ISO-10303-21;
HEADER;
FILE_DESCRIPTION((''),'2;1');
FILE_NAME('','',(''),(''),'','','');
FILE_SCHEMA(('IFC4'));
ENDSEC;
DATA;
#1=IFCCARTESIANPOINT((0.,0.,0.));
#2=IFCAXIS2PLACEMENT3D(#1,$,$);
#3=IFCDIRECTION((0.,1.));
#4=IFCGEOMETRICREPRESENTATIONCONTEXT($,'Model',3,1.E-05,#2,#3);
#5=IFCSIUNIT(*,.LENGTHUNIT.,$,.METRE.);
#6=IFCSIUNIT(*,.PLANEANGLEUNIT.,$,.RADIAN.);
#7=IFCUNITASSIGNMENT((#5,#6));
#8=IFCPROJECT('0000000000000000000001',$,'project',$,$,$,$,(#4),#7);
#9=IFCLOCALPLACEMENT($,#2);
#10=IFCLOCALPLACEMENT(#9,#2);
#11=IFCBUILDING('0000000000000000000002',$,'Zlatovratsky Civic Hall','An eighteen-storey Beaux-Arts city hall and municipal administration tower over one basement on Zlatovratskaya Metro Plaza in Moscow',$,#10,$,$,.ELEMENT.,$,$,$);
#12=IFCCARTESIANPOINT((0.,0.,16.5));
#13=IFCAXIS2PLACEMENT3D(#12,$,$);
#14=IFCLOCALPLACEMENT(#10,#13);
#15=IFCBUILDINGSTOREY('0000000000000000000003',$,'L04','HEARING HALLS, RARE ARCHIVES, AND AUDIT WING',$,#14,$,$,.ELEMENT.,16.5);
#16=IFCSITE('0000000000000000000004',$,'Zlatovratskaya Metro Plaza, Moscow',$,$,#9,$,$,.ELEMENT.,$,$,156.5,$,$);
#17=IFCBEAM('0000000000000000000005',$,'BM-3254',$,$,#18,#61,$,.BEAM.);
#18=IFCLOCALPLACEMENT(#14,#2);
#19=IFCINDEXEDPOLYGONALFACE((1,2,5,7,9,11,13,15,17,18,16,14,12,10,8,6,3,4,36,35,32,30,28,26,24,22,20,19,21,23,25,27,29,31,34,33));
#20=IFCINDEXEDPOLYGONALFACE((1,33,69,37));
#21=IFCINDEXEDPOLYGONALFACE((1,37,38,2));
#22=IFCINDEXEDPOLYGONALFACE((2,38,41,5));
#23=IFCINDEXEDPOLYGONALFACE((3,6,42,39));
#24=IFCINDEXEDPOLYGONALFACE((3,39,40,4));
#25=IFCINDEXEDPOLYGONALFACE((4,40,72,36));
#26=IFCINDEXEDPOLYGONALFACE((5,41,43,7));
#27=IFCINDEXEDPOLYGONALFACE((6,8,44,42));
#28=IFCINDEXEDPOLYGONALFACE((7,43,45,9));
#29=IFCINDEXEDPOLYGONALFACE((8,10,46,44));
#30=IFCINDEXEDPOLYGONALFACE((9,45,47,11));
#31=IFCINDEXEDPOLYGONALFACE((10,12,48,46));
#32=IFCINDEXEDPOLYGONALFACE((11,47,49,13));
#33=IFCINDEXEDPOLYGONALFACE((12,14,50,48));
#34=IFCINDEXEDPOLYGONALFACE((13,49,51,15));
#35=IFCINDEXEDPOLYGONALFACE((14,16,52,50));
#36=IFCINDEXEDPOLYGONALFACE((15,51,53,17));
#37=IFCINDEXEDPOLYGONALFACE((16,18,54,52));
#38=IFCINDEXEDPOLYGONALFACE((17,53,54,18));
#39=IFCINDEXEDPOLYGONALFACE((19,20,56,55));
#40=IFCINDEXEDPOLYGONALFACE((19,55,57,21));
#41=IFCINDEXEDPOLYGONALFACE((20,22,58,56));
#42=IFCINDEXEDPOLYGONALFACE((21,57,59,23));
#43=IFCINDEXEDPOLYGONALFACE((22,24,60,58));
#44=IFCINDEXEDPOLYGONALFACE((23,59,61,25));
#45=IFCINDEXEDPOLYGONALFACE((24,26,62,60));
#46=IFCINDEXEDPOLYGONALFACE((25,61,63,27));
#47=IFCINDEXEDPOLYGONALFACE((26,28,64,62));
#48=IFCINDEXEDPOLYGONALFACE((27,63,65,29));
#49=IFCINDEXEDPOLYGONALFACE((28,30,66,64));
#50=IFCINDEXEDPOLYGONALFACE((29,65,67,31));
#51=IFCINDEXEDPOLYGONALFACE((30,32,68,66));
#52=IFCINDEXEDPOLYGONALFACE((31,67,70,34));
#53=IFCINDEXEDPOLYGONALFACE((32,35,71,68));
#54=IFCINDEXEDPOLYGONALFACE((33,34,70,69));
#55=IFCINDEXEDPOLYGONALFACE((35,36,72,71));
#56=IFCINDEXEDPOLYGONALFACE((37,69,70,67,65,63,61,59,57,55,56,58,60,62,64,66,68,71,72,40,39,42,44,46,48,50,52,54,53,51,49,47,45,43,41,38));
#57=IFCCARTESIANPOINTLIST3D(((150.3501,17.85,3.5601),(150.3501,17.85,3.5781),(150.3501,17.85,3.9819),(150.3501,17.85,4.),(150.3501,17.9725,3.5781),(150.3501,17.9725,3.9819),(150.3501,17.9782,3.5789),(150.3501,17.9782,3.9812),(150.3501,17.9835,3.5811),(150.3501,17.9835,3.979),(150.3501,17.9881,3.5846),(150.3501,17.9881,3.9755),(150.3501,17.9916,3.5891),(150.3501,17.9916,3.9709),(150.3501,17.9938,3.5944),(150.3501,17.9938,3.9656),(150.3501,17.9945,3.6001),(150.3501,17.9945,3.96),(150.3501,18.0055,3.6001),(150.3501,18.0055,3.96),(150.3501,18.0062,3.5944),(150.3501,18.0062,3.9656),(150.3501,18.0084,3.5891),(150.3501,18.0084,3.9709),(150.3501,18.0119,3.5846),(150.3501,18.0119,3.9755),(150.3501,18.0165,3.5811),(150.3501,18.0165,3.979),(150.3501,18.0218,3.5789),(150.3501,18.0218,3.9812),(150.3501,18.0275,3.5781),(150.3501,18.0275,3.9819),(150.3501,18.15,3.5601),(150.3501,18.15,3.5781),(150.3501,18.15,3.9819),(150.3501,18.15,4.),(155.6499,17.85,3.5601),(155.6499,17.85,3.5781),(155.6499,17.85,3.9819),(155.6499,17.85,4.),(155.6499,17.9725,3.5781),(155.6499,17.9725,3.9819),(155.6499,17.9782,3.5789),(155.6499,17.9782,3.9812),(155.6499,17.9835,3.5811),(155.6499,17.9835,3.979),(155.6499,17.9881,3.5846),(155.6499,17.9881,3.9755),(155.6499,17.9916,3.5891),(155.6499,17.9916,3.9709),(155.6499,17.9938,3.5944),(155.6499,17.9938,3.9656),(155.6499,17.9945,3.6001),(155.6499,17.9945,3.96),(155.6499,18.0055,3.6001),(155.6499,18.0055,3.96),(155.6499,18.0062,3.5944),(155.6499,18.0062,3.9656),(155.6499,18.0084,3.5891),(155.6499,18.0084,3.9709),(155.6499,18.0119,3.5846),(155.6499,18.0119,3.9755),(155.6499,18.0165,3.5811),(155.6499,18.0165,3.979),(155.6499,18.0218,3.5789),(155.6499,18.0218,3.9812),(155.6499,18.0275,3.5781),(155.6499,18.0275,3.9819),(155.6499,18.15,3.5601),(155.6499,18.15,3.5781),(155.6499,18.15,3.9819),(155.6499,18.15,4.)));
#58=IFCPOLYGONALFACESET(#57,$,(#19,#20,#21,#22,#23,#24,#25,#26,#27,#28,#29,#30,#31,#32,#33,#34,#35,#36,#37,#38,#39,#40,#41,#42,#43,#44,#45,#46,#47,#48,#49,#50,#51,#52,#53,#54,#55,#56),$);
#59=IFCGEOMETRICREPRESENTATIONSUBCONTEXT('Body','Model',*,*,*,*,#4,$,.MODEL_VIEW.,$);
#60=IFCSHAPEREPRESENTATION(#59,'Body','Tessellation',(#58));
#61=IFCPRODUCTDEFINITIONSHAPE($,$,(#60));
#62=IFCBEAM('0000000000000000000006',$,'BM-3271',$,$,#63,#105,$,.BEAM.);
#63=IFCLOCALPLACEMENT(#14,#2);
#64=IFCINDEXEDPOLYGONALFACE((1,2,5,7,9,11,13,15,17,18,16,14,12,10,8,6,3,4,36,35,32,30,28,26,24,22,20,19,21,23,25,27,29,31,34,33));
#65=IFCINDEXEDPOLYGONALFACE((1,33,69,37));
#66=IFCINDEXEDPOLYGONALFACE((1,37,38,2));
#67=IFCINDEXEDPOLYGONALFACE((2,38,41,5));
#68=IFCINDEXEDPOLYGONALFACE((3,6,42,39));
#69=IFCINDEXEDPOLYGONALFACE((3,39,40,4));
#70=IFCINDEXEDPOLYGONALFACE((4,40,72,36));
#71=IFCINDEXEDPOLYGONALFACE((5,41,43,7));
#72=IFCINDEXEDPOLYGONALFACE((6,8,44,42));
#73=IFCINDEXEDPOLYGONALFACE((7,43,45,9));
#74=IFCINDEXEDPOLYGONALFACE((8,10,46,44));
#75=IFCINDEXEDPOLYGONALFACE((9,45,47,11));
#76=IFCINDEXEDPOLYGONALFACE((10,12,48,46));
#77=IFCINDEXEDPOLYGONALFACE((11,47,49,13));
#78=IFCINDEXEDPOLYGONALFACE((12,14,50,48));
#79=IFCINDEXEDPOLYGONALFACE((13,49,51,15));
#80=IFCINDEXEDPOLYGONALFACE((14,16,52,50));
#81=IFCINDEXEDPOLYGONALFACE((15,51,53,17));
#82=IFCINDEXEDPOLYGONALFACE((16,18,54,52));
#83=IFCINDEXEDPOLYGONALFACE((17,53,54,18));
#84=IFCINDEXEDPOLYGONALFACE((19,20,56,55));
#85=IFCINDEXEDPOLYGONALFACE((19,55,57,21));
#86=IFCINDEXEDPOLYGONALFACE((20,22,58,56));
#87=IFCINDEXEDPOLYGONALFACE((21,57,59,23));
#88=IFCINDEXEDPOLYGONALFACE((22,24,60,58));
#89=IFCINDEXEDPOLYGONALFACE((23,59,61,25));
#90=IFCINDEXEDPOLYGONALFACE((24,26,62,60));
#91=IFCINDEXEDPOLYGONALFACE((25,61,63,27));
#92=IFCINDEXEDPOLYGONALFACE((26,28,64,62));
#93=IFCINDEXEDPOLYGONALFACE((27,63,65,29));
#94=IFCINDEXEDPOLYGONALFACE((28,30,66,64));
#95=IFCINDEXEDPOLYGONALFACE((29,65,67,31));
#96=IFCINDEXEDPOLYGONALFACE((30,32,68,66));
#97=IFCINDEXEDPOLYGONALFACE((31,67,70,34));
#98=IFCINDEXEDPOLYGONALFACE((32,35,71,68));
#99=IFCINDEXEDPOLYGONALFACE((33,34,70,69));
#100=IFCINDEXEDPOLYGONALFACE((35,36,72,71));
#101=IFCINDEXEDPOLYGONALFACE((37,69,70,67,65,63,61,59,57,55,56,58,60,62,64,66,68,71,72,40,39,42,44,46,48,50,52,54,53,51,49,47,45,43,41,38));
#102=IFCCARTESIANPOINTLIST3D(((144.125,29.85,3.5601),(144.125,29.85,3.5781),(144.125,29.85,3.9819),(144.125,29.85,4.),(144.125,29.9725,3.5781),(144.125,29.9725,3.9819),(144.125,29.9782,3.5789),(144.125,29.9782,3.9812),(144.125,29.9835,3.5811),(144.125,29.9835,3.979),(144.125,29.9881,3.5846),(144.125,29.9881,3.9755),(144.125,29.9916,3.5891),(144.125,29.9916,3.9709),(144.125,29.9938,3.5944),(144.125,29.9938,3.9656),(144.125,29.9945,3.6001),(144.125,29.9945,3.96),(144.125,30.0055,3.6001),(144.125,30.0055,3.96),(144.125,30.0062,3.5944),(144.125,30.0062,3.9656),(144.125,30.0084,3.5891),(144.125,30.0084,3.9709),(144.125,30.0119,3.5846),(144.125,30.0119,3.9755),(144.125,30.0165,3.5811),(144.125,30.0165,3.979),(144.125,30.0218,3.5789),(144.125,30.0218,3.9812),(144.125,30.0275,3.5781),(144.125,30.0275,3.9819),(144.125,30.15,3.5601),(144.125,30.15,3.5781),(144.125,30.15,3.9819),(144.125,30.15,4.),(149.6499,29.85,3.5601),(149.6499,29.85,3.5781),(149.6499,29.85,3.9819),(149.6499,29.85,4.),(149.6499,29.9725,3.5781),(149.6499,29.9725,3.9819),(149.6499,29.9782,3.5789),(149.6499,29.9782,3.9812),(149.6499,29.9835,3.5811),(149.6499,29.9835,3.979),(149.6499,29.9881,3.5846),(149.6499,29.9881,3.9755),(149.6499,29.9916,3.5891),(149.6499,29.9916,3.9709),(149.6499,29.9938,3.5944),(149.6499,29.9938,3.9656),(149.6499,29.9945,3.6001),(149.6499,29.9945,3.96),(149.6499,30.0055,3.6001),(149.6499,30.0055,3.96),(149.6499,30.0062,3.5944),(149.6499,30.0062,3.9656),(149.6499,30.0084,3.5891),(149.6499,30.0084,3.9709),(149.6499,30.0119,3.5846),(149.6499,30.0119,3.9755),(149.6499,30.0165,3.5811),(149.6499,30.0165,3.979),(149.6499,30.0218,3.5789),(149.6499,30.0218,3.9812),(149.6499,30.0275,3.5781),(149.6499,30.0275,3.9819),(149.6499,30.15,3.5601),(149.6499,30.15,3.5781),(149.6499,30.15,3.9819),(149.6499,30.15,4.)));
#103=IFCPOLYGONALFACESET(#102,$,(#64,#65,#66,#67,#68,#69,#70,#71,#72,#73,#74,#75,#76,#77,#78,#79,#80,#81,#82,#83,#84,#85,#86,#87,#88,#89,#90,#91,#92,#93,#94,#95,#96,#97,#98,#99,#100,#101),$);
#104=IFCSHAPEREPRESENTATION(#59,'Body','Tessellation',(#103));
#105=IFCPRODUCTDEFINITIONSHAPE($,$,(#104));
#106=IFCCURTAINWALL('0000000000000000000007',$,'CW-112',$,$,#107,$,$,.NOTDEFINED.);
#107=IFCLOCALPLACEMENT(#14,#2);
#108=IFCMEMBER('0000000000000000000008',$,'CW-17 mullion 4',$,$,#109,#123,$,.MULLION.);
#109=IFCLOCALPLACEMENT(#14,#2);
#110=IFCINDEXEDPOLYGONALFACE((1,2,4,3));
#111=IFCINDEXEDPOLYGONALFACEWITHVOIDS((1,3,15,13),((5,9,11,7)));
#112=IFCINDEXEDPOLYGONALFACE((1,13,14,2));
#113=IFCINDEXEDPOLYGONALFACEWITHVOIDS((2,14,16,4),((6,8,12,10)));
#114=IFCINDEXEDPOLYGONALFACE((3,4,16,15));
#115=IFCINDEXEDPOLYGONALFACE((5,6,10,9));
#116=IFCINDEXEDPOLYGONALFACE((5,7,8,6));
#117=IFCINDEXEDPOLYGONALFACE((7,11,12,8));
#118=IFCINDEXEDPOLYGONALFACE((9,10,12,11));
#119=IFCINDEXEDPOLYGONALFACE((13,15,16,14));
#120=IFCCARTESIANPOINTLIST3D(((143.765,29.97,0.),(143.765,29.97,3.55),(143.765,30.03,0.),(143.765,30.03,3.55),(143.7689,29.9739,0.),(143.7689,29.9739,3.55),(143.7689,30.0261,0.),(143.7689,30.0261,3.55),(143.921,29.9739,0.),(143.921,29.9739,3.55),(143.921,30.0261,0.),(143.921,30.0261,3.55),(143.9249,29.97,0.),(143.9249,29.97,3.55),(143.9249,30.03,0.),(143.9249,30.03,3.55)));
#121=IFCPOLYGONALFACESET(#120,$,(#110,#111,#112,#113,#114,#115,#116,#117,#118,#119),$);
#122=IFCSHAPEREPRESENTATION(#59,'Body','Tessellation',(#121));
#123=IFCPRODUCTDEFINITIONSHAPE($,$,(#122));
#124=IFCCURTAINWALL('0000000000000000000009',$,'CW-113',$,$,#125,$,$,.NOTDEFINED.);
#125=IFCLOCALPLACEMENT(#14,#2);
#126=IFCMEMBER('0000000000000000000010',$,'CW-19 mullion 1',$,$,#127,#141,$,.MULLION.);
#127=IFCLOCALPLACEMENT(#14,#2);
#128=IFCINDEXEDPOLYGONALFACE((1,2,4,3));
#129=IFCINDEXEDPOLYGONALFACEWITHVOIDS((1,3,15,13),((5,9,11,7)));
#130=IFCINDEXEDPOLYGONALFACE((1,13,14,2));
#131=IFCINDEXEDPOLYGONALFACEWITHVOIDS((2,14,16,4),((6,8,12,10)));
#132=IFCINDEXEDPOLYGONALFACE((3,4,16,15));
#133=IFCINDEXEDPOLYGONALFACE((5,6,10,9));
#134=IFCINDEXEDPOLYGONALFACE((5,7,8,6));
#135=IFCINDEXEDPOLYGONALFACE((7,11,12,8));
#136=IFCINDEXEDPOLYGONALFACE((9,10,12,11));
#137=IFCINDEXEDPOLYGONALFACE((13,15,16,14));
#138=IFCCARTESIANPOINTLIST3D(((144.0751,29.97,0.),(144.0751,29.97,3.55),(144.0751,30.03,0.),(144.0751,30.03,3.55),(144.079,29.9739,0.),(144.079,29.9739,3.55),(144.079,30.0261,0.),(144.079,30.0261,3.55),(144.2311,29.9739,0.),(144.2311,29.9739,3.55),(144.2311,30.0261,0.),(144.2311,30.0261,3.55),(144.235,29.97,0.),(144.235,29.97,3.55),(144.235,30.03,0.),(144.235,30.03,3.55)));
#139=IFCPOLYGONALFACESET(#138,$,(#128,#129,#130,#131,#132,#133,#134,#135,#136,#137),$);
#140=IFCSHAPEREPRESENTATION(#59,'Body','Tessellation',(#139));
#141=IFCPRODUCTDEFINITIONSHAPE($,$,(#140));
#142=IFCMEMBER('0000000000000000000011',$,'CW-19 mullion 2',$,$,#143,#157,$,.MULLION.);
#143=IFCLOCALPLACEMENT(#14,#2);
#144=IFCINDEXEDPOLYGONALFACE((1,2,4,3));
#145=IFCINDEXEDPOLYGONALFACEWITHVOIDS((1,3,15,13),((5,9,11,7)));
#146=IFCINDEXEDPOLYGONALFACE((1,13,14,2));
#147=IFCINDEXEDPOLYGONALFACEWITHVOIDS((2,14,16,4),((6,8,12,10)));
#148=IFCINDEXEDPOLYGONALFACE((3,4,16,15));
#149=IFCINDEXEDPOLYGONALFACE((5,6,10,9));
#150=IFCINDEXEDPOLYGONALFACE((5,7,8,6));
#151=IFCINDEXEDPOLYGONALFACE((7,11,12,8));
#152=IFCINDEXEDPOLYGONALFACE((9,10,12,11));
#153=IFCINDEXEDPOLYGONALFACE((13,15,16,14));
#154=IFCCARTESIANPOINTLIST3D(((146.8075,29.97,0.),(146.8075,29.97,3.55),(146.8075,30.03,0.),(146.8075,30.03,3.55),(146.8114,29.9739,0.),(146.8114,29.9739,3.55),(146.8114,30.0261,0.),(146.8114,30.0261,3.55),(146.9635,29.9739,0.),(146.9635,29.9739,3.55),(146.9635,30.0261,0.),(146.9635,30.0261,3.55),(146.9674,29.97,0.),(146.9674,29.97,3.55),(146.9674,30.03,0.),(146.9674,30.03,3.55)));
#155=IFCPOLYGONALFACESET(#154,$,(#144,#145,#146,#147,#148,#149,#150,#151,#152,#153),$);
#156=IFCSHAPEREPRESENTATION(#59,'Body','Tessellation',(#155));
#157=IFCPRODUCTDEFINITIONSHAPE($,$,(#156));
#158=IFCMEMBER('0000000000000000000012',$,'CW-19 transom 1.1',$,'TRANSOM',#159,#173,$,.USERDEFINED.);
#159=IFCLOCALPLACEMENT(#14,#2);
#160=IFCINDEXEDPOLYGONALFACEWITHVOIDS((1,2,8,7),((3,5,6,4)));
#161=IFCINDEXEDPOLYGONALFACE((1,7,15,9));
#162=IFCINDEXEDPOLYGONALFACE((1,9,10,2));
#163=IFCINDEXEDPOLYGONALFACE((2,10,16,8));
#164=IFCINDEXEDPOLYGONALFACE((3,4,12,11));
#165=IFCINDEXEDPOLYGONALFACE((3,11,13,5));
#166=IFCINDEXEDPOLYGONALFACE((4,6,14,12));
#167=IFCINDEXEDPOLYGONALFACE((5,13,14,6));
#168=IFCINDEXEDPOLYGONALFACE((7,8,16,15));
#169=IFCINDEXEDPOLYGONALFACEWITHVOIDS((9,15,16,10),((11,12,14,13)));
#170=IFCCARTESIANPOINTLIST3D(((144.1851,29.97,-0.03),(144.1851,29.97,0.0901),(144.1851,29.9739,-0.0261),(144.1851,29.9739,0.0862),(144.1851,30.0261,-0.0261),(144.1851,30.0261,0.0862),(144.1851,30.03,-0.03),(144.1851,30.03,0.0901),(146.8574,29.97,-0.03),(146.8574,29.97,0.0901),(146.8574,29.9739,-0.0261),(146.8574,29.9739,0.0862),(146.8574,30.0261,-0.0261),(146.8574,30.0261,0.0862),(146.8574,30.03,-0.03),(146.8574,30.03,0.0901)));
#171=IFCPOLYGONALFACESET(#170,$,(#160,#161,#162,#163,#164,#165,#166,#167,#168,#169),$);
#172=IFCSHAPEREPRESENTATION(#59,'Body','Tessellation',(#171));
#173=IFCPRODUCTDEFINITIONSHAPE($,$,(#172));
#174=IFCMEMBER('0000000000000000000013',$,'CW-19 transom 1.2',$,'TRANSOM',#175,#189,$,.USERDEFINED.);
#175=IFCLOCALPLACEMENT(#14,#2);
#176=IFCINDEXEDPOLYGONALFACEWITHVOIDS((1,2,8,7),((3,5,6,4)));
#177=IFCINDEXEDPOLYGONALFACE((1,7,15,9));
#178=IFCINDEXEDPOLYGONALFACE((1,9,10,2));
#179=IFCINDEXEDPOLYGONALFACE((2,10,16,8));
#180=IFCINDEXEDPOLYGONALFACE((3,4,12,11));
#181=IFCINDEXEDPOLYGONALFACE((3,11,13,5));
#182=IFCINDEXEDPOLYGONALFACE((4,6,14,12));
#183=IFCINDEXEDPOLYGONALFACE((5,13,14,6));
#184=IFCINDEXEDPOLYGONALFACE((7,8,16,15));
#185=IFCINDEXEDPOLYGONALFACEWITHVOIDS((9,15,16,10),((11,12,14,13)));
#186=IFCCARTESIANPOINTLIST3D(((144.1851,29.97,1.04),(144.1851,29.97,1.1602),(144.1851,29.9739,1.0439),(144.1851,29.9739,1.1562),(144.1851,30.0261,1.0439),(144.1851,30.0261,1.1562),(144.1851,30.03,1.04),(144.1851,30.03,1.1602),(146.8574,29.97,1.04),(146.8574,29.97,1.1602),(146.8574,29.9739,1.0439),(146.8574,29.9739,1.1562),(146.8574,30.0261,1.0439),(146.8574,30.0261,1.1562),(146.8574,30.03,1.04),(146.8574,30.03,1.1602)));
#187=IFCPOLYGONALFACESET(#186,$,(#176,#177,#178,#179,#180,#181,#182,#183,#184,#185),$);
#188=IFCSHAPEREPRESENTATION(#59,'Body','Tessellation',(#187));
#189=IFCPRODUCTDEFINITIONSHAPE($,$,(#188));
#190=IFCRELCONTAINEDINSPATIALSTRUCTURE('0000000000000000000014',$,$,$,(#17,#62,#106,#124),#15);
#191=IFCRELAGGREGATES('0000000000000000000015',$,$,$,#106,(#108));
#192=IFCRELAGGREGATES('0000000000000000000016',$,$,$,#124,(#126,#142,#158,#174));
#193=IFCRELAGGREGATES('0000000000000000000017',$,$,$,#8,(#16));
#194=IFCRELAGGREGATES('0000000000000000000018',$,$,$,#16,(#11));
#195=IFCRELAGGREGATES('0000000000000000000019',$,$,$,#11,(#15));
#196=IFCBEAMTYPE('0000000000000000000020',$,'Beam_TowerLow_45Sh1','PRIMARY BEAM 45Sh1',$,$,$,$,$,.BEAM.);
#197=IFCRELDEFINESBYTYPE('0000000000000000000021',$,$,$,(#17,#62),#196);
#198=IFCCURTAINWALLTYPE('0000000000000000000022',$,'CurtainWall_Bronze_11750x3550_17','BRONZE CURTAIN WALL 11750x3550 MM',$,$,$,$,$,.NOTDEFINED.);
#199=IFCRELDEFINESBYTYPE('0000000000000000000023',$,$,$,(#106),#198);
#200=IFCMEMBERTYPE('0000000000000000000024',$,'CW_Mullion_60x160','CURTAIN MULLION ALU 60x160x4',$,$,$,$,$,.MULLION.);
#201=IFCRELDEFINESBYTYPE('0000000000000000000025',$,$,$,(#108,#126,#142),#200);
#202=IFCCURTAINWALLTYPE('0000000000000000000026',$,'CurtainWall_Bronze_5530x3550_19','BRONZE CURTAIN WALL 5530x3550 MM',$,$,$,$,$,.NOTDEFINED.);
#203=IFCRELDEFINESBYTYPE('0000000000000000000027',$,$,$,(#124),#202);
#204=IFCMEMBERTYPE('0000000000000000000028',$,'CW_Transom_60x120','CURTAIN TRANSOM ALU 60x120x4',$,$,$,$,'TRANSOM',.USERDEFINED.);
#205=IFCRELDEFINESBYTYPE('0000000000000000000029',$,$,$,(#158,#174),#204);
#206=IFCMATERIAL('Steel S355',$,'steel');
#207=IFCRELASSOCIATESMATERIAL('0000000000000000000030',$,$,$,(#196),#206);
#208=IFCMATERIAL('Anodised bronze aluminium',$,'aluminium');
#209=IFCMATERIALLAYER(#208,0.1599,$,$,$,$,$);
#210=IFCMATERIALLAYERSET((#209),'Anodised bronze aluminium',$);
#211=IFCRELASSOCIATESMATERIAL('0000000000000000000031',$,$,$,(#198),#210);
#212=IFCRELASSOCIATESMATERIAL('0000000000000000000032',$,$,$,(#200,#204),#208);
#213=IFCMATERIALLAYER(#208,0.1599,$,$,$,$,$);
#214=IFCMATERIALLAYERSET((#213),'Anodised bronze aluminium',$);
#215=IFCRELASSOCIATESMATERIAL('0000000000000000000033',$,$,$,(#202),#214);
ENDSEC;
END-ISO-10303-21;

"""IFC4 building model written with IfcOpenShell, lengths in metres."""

from ifc_helpers import new_model, si_unit, direction, frame, origin, origin_2d, place, context, subcontext, project, spatial, hollow_rectangle, i_section, extrude, material, layer, layer_set, material_profile, profile_set, type_object, element, aggregate, save


model = new_model("IFC4")

# Units and contexts
model_context = context("Model", 3, precision=1e-05, world=origin(), true_north=direction((0.0, 1.0)))
body_context = subcontext(model_context, "Body", "Model", "MODEL_VIEW")
ifc_project = project(units=[si_unit("LENGTHUNIT", "METRE"), si_unit("PLANEANGLEUNIT", "RADIAN")], contexts=[model_context])

# Site, building, storey
site_placement = place(None, origin())
site = spatial("IfcSite", under=ifc_project, at=site_placement, Name="Zlatovratskaya Metro Plaza, Moscow", CompositionType="ELEMENT", RefElevation=156.5)
building_placement = place(site_placement, origin())
building = spatial("IfcBuilding", under=site, at=building_placement, Name="Zlatovratsky Civic Hall", Description="An eighteen-storey Beaux-Arts city hall and municipal administration tower over one basement on Zlatovratskaya Metro Plaza in Moscow", CompositionType="ELEMENT")
storey_placement = place(building_placement, frame((0.0, 0.0, 16.5)))
storey = spatial("IfcBuildingStorey", under=building, at=storey_placement, Name="L04", Description="HEARING HALLS, RARE ARCHIVES, AND AUDIT WING", CompositionType="ELEMENT", Elevation=16.5)

# Shared definitions
ifc_material_1 = material(Name="Steel S355", Category="steel")

# Beams
ifc_material_profile_1 = material_profile(ifc_material_1, i_section(OverallWidth=0.3, OverallDepth=0.4399, WebThickness=0.011, FlangeThickness=0.0181, FilletRadius=0.022, at=origin_2d()), Name="45Sh1")
ifc_profile_set_1 = profile_set([ifc_material_profile_1], Name="Steel S355")
beam_type_1 = type_object("IfcBeamType", Name="Beam_TowerLow_45Sh1", Description="PRIMARY BEAM 45Sh1", PredefinedType="BEAM", material=ifc_profile_set_1)
beam_1_placement = place(storey_placement, frame((150.3501, 18.0, 3.78), z_axis=(1.0, 0.0, 0.0), x_axis=(0.0, 1.0, 0.0)))
element("IfcBeam", 1, at=beam_1_placement, inside=storey, type_object=beam_type_1, Name="BM-3254", PredefinedType="BEAM", context=body_context, shape_type="SweptSolid", body=[
    extrude(i_section(OverallWidth=0.3, OverallDepth=0.4399, WebThickness=0.011, FlangeThickness=0.0181, FilletRadius=0.022, at=origin_2d()), origin(), (0.0, 0.0, 1.0), 5.2998),
])
beam_2_placement = place(storey_placement, frame((144.125, 30.0, 3.78), z_axis=(1.0, 0.0, 0.0), x_axis=(0.0, 1.0, 0.0)))
element("IfcBeam", 2, at=beam_2_placement, inside=storey, type_object=beam_type_1, Name="BM-3271", PredefinedType="BEAM", context=body_context, shape_type="SweptSolid", body=[
    extrude(i_section(OverallWidth=0.3, OverallDepth=0.4399, WebThickness=0.011, FlangeThickness=0.0181, FilletRadius=0.022, at=origin_2d()), origin(), (0.0, 0.0, 1.0), 5.5249),
])

# Curtain wall, member
ifc_material_2 = material(Name="Anodised bronze aluminium", Category="aluminium")
ifc_layer_1 = layer(ifc_material_2, 0.1599)
ifc_layer_set_1 = layer_set([ifc_layer_1], Name="Anodised bronze aluminium")
curtain_wall_type_1 = type_object("IfcCurtainWallType", Name="CurtainWall_Bronze_11750x3550_17", Description="BRONZE CURTAIN WALL 11750x3550 MM", PredefinedType="NOTDEFINED", material=ifc_layer_set_1)
curtain_wall_1_placement = place(storey_placement, origin())
curtain_wall_1 = element("IfcCurtainWall", 3, at=curtain_wall_1_placement, inside=storey, type_object=curtain_wall_type_1, Name="CW-112", PredefinedType="NOTDEFINED")
ifc_material_profile_2 = material_profile(ifc_material_2, hollow_rectangle(XDim=0.0601, YDim=0.1599, WallThickness=0.0039, at=origin_2d()), Name="ALU 60x160x4")
ifc_profile_set_2 = profile_set([ifc_material_profile_2], Name="Anodised bronze aluminium")
member_type_1 = type_object("IfcMemberType", Name="CW_Mullion_60x160", Description="CURTAIN MULLION ALU 60x160x4", PredefinedType="MULLION", material=ifc_profile_set_2)
member_1_placement = place(storey_placement, frame((143.845, 30.0, 0.0), z_axis=(0.0, 0.0, 1.0), x_axis=(0.0, 1.0, 0.0)))
member_1 = element("IfcMember", 4, at=member_1_placement, type_object=member_type_1, Name="CW-17 mullion 4", PredefinedType="MULLION", context=body_context, shape_type="SweptSolid", body=[
    extrude(hollow_rectangle(XDim=0.0601, YDim=0.1599, WallThickness=0.0039, at=origin_2d()), origin(), (0.0, 0.0, 1.0), 3.55),
])

# Curtain wall, members
ifc_layer_2 = layer(ifc_material_2, 0.1599)
ifc_layer_set_2 = layer_set([ifc_layer_2], Name="Anodised bronze aluminium")
curtain_wall_type_2 = type_object("IfcCurtainWallType", Name="CurtainWall_Bronze_5530x3550_19", Description="BRONZE CURTAIN WALL 5530x3550 MM", PredefinedType="NOTDEFINED", material=ifc_layer_set_2)
curtain_wall_2_placement = place(storey_placement, origin())
curtain_wall_2 = element("IfcCurtainWall", 5, at=curtain_wall_2_placement, inside=storey, type_object=curtain_wall_type_2, Name="CW-113", PredefinedType="NOTDEFINED")
member_2_placement = place(storey_placement, frame((144.155, 30.0, 0.0), z_axis=(0.0, 0.0, 1.0), x_axis=(0.0, 1.0, 0.0)))
member_2 = element("IfcMember", 6, at=member_2_placement, type_object=member_type_1, Name="CW-19 mullion 1", PredefinedType="MULLION", context=body_context, shape_type="SweptSolid", body=[
    extrude(hollow_rectangle(XDim=0.0601, YDim=0.1599, WallThickness=0.0039, at=origin_2d()), origin(), (0.0, 0.0, 1.0), 3.55),
])
member_3_placement = place(storey_placement, frame((146.8875, 30.0, 0.0), z_axis=(0.0, 0.0, 1.0), x_axis=(0.0, 1.0, 0.0)))
member_3 = element("IfcMember", 7, at=member_3_placement, type_object=member_type_1, Name="CW-19 mullion 2", PredefinedType="MULLION", context=body_context, shape_type="SweptSolid", body=[
    extrude(hollow_rectangle(XDim=0.0601, YDim=0.1599, WallThickness=0.0039, at=origin_2d()), origin(), (0.0, 0.0, 1.0), 3.55),
])
ifc_material_profile_3 = material_profile(ifc_material_2, hollow_rectangle(XDim=0.0601, YDim=0.1201, WallThickness=0.0039, at=origin_2d()), Name="ALU 60x120x4")
ifc_profile_set_3 = profile_set([ifc_material_profile_3], Name="Anodised bronze aluminium")
member_type_2 = type_object("IfcMemberType", Name="CW_Transom_60x120", Description="CURTAIN TRANSOM ALU 60x120x4", ElementType="TRANSOM", PredefinedType="USERDEFINED", material=ifc_profile_set_3)
member_4_placement = place(storey_placement, frame((144.1851, 30.0, 0.03), z_axis=(1.0, 0.0, 0.0), x_axis=(0.0, 1.0, 0.0)))
member_4 = element("IfcMember", 8, at=member_4_placement, type_object=member_type_2, Name="CW-19 transom 1.1", ObjectType="TRANSOM", PredefinedType="USERDEFINED", context=body_context, shape_type="SweptSolid", body=[
    extrude(hollow_rectangle(XDim=0.0601, YDim=0.1201, WallThickness=0.0039, at=origin_2d()), origin(), (0.0, 0.0, 1.0), 2.6724),
])
member_5_placement = place(storey_placement, frame((144.1851, 30.0, 1.1001), z_axis=(1.0, 0.0, 0.0), x_axis=(0.0, 1.0, 0.0)))
member_5 = element("IfcMember", 9, at=member_5_placement, type_object=member_type_2, Name="CW-19 transom 1.2", ObjectType="TRANSOM", PredefinedType="USERDEFINED", context=body_context, shape_type="SweptSolid", body=[
    extrude(hollow_rectangle(XDim=0.0601, YDim=0.1201, WallThickness=0.0039, at=origin_2d()), origin(), (0.0, 0.0, 1.0), 2.6724),
])

aggregate(curtain_wall_1, [member_1])
aggregate(curtain_wall_2, [member_2, member_3, member_4, member_5])

save(model, "model.ifc")
